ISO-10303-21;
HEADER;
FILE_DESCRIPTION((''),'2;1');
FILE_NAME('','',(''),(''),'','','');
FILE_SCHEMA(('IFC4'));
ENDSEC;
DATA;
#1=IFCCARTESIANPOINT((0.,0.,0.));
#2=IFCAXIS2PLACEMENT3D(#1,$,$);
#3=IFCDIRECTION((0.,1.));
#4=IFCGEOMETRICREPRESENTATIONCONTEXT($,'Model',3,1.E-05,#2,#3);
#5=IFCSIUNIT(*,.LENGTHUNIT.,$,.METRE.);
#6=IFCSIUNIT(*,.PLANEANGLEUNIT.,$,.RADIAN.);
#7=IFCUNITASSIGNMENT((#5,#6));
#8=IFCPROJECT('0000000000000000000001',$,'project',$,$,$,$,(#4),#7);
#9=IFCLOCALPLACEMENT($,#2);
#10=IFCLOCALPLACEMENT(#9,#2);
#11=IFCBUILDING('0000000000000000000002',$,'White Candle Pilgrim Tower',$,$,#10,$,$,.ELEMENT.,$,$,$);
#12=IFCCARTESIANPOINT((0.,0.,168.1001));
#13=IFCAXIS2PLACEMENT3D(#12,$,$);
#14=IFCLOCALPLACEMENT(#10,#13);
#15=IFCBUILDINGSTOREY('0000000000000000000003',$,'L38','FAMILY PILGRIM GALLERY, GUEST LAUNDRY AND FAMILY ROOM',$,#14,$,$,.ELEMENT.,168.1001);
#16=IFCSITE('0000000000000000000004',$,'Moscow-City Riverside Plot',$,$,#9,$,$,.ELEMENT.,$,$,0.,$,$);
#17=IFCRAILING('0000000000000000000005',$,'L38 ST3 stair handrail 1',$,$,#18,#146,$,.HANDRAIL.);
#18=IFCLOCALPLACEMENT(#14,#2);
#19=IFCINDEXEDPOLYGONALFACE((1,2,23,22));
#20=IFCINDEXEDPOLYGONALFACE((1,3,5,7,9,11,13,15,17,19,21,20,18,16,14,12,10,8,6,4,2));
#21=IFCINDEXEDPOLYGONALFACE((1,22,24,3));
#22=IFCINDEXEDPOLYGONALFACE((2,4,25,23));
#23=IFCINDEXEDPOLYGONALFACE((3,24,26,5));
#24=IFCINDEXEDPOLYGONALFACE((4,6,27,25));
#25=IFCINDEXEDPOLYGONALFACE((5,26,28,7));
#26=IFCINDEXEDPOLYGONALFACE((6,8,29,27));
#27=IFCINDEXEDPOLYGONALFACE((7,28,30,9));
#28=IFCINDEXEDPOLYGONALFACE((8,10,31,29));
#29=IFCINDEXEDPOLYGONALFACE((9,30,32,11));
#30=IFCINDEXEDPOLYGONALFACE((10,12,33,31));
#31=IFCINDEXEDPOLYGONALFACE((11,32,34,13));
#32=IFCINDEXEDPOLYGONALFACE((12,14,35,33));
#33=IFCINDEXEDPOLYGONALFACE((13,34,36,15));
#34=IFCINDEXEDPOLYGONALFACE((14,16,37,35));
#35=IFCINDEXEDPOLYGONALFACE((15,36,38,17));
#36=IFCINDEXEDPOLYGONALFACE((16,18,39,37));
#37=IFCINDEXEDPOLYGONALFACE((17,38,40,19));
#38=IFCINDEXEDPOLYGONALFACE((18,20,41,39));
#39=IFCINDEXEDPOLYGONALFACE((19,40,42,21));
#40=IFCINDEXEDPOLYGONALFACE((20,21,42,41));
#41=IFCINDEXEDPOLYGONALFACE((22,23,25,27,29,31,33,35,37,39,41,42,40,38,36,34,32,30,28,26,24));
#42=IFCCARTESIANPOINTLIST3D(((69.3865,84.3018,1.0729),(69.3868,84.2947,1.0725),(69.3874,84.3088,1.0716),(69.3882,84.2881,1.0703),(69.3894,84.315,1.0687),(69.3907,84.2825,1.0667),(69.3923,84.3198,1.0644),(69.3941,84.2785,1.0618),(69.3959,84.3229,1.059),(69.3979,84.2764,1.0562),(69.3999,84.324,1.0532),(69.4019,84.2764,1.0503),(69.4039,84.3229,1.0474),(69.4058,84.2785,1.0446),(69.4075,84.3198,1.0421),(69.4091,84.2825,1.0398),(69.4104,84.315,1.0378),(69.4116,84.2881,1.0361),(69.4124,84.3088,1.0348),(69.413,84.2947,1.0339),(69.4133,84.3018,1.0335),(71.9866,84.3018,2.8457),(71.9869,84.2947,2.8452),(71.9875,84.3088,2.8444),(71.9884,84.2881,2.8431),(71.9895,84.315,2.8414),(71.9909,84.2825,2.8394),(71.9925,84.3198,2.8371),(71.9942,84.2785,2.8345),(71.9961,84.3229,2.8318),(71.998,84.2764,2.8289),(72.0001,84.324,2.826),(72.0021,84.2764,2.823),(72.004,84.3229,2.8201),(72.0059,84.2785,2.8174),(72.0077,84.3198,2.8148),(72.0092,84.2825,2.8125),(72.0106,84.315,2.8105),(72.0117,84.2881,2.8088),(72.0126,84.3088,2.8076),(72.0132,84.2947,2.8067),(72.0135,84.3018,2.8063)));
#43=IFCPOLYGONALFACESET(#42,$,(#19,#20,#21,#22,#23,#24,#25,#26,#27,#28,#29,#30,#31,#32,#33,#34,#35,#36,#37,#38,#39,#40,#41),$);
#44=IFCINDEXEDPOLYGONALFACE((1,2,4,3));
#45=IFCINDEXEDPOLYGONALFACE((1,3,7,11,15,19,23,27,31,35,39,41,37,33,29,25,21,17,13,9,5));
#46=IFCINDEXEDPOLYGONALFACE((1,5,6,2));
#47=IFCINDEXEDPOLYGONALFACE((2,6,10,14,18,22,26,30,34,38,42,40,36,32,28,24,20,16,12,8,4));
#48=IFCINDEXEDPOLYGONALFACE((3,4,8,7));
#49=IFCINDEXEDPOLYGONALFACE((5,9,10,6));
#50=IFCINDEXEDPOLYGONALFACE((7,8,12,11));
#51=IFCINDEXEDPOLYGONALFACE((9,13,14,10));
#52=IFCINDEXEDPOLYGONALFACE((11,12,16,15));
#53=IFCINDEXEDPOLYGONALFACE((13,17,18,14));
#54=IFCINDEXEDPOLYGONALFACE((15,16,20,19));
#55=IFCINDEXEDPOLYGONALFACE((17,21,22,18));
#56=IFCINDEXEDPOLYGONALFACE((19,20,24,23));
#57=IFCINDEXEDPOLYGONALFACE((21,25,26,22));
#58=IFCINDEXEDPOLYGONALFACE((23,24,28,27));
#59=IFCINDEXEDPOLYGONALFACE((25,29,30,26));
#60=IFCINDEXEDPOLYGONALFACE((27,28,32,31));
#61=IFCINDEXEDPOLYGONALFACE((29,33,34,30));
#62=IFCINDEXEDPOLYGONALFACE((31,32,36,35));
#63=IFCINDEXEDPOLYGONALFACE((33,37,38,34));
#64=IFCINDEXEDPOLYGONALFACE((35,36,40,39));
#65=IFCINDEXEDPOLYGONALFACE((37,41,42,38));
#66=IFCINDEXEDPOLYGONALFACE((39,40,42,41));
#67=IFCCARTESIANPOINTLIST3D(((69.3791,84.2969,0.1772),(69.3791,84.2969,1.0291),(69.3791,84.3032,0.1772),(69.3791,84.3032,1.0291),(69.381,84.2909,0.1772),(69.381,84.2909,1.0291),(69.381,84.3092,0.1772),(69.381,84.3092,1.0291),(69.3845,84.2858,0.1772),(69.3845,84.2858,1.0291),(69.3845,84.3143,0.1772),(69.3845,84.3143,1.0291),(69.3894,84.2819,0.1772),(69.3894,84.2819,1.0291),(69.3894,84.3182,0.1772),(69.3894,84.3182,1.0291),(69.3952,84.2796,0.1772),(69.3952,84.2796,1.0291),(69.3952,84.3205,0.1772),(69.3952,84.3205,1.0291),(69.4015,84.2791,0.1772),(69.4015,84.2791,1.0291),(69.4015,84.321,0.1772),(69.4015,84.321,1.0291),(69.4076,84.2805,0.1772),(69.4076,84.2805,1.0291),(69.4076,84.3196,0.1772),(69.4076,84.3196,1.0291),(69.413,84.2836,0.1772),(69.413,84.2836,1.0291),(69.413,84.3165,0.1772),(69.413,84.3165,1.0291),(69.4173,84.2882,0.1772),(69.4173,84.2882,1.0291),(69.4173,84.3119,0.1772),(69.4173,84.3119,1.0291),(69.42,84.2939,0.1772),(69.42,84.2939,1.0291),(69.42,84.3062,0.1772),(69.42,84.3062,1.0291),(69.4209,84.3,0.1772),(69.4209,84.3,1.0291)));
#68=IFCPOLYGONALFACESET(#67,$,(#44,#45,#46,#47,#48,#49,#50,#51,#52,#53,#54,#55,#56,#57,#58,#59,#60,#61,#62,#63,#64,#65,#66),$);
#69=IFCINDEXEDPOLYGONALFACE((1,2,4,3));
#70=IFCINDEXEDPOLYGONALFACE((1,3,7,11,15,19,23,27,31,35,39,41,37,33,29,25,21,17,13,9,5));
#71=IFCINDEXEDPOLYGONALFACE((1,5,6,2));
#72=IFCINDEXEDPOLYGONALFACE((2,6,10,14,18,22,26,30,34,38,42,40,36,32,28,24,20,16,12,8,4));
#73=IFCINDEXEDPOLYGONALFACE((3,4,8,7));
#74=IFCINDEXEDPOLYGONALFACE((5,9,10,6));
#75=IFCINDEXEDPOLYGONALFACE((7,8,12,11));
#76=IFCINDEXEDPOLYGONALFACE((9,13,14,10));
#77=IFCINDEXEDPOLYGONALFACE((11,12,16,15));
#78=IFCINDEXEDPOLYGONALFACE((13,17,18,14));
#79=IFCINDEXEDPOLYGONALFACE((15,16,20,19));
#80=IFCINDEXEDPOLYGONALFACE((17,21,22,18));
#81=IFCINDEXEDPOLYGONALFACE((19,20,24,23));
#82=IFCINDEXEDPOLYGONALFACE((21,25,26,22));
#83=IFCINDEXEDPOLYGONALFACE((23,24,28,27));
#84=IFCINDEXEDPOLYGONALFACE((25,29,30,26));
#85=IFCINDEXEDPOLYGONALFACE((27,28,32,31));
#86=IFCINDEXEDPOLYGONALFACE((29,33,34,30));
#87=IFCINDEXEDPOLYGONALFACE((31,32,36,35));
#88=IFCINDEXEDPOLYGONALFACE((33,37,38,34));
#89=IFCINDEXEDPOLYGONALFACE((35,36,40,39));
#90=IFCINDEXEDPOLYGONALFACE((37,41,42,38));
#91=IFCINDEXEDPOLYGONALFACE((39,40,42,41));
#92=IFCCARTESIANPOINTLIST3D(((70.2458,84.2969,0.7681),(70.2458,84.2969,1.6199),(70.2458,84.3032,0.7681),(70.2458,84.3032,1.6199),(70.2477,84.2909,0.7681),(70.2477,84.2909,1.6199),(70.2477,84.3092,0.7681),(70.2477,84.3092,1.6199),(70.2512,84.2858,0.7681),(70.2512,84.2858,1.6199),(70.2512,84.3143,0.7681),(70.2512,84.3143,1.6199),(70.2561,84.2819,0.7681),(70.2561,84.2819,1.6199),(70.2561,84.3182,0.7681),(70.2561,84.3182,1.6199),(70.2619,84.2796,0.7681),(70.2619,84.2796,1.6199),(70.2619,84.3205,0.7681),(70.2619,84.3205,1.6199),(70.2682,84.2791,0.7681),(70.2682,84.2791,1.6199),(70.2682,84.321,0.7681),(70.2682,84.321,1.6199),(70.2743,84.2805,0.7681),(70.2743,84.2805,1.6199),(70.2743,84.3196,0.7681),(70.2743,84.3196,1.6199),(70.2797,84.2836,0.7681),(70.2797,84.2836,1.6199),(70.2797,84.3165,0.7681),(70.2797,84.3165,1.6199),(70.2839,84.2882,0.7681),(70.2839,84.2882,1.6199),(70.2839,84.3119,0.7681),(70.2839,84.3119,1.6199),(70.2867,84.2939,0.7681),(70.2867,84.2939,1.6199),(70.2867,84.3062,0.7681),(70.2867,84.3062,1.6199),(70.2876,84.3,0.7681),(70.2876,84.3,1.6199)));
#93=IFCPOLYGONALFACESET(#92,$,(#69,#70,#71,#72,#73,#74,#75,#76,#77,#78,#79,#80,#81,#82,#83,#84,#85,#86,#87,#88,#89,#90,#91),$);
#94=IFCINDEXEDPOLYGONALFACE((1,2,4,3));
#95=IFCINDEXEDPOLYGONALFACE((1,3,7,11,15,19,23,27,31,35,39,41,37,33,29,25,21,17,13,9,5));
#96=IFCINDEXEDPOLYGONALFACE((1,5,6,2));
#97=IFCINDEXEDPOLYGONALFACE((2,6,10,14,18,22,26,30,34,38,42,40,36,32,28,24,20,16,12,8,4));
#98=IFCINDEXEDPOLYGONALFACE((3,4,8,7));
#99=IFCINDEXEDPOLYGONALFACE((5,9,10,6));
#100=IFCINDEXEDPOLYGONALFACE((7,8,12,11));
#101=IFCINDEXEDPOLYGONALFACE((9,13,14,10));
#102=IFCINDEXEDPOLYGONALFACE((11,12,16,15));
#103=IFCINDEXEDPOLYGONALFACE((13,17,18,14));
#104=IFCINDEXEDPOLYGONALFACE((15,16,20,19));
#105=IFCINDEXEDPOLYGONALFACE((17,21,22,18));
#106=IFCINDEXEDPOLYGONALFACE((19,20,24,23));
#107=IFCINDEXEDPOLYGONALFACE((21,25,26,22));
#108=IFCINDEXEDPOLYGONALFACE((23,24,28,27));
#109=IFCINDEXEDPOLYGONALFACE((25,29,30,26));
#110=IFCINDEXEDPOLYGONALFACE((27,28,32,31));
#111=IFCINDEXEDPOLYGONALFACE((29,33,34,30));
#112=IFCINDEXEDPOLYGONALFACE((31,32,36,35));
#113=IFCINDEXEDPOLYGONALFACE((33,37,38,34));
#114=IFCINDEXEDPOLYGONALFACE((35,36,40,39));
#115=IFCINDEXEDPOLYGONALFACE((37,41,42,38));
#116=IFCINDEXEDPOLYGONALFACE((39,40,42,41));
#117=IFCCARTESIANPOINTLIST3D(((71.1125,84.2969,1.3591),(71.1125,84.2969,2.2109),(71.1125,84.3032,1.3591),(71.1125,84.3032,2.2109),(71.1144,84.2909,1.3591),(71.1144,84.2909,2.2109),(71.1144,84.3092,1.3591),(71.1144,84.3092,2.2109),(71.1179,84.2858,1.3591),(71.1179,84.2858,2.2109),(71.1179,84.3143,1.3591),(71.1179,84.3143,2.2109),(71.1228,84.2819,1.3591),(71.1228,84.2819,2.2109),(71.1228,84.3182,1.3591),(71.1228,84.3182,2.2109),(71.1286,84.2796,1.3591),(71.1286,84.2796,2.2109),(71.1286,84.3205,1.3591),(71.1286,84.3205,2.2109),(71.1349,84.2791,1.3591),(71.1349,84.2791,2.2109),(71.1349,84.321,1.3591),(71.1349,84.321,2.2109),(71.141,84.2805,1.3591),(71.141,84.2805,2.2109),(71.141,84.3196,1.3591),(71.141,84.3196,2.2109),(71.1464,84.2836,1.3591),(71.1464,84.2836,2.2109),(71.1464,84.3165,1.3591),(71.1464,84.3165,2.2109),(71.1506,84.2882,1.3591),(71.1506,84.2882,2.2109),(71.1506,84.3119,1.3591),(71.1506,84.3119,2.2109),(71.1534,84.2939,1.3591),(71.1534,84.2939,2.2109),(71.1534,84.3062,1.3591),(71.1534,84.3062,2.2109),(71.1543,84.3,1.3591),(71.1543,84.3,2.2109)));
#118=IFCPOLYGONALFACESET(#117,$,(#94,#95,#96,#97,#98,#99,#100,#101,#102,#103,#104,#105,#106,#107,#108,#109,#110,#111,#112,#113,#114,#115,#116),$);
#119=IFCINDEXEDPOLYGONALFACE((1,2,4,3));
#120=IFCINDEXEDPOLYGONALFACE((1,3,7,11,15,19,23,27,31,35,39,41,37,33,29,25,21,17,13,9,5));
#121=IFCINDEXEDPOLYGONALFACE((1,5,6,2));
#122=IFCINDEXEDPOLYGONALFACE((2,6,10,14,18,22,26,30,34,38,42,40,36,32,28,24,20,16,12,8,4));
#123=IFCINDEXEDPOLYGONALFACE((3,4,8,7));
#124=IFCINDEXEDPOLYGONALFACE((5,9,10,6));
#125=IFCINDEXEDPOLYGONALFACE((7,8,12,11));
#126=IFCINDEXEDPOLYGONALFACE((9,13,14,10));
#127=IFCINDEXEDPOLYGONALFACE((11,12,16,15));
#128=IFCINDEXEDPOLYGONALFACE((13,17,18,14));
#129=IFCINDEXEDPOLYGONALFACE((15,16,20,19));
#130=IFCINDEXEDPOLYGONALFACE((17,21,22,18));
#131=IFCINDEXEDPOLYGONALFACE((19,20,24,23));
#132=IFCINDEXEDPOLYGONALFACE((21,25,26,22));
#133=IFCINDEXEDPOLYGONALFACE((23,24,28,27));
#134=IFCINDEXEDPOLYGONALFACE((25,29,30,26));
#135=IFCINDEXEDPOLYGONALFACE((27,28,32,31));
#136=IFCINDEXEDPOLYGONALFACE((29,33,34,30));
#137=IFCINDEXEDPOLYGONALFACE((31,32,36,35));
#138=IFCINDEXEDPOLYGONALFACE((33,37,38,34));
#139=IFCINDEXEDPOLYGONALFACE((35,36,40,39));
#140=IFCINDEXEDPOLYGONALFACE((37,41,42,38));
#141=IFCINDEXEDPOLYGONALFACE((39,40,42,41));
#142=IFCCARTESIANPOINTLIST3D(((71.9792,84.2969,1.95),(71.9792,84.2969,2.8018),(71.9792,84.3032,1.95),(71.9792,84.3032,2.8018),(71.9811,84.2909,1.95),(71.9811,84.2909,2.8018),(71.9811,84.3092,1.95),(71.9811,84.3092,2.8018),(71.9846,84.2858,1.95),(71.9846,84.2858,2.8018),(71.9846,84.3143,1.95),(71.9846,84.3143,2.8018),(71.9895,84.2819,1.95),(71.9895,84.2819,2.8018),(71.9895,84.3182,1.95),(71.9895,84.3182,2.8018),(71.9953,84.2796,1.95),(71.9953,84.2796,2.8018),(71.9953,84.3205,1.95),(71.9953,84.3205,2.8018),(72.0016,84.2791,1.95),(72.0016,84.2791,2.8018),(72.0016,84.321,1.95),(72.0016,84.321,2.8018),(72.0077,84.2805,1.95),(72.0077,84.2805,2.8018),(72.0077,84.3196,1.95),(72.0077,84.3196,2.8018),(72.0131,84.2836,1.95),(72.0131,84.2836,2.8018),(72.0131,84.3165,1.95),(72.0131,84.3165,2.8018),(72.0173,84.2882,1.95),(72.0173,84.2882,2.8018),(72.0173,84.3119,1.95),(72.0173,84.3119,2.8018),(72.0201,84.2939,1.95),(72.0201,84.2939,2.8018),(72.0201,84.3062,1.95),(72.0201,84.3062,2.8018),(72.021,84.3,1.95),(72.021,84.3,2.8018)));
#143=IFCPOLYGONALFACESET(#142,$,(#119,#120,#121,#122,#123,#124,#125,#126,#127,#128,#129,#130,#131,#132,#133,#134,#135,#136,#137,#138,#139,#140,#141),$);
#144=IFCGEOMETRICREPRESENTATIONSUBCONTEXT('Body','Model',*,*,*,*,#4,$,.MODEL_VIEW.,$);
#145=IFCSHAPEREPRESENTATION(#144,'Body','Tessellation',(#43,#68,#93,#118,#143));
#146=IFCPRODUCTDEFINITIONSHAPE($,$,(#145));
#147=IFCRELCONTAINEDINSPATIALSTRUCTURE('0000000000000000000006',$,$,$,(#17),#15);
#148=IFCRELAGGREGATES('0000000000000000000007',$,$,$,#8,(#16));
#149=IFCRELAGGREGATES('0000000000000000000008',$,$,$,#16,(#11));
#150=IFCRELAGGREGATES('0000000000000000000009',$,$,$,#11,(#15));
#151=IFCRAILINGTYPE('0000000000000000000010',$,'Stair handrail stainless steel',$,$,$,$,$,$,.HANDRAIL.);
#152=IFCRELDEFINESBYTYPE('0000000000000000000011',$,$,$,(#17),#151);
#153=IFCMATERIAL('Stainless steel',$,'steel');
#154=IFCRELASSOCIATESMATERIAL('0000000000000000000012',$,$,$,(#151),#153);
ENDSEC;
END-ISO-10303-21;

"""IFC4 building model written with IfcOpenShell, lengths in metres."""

from ifc_helpers import new_model, si_unit, direction, frame, origin, origin_2d, place, context, subcontext, project, spatial, circle, extrude, material, type_object, element, save


model = new_model("IFC4")

# Units and contexts
model_context = context("Model", 3, precision=1e-05, world=origin(), true_north=direction((0.0, 1.0)))
body_context = subcontext(model_context, "Body", "Model", "MODEL_VIEW")
ifc_project = project(units=[si_unit("LENGTHUNIT", "METRE"), si_unit("PLANEANGLEUNIT", "RADIAN")], contexts=[model_context])

# Site, building, storey
site_placement = place(None, origin())
site = spatial("IfcSite", under=ifc_project, at=site_placement, Name="Moscow-City Riverside Plot", CompositionType="ELEMENT", RefElevation=0.0)
building_placement = place(site_placement, origin())
building = spatial("IfcBuilding", under=site, at=building_placement, Name="White Candle Pilgrim Tower", CompositionType="ELEMENT")
storey_placement = place(building_placement, frame((0.0, 0.0, 168.1001)))
storey = spatial("IfcBuildingStorey", under=building, at=storey_placement, Name="L38", Description="FAMILY PILGRIM GALLERY, GUEST LAUNDRY AND FAMILY ROOM", CompositionType="ELEMENT", Elevation=168.1001)

# Shared definitions
ifc_material_1 = material(Name="Stainless steel", Category="steel")

# Railing
railing_type_1 = type_object("IfcRailingType", Name="Stair handrail stainless steel", PredefinedType="HANDRAIL", material=ifc_material_1)
railing_1_placement = place(storey_placement, frame((69.3999, 84.3, 0.1772)))
element("IfcRailing", 1, at=railing_1_placement, inside=storey, type_object=railing_type_1, Name="L38 ST3 stair handrail 1", PredefinedType="HANDRAIL", context=body_context, shape_type="SweptSolid", body=[
    extrude(circle(Radius=0.0239, at=origin_2d()), frame((0.0, 0.0, 0.876), z_axis=(0.82624, 0.0, 0.563318), x_axis=(0.0, 1.0, 0.0)), (0.0, 0.0, 1.0), 3.147),
    extrude(circle(Radius=0.021, at=origin_2d()), origin(), (0.0, 0.0, 1.0), 0.8518),
    extrude(circle(Radius=0.021, at=origin_2d()), frame((0.8667, 0.0, 0.5908)), (0.0, 0.0, 1.0), 0.8518),
    extrude(circle(Radius=0.021, at=origin_2d()), frame((1.7334, 0.0, 1.1819)), (0.0, 0.0, 1.0), 0.8518),
    extrude(circle(Radius=0.021, at=origin_2d()), frame((2.6001, 0.0, 1.7727)), (0.0, 0.0, 1.0), 0.8518),
])

save(model, "model.ifc")
